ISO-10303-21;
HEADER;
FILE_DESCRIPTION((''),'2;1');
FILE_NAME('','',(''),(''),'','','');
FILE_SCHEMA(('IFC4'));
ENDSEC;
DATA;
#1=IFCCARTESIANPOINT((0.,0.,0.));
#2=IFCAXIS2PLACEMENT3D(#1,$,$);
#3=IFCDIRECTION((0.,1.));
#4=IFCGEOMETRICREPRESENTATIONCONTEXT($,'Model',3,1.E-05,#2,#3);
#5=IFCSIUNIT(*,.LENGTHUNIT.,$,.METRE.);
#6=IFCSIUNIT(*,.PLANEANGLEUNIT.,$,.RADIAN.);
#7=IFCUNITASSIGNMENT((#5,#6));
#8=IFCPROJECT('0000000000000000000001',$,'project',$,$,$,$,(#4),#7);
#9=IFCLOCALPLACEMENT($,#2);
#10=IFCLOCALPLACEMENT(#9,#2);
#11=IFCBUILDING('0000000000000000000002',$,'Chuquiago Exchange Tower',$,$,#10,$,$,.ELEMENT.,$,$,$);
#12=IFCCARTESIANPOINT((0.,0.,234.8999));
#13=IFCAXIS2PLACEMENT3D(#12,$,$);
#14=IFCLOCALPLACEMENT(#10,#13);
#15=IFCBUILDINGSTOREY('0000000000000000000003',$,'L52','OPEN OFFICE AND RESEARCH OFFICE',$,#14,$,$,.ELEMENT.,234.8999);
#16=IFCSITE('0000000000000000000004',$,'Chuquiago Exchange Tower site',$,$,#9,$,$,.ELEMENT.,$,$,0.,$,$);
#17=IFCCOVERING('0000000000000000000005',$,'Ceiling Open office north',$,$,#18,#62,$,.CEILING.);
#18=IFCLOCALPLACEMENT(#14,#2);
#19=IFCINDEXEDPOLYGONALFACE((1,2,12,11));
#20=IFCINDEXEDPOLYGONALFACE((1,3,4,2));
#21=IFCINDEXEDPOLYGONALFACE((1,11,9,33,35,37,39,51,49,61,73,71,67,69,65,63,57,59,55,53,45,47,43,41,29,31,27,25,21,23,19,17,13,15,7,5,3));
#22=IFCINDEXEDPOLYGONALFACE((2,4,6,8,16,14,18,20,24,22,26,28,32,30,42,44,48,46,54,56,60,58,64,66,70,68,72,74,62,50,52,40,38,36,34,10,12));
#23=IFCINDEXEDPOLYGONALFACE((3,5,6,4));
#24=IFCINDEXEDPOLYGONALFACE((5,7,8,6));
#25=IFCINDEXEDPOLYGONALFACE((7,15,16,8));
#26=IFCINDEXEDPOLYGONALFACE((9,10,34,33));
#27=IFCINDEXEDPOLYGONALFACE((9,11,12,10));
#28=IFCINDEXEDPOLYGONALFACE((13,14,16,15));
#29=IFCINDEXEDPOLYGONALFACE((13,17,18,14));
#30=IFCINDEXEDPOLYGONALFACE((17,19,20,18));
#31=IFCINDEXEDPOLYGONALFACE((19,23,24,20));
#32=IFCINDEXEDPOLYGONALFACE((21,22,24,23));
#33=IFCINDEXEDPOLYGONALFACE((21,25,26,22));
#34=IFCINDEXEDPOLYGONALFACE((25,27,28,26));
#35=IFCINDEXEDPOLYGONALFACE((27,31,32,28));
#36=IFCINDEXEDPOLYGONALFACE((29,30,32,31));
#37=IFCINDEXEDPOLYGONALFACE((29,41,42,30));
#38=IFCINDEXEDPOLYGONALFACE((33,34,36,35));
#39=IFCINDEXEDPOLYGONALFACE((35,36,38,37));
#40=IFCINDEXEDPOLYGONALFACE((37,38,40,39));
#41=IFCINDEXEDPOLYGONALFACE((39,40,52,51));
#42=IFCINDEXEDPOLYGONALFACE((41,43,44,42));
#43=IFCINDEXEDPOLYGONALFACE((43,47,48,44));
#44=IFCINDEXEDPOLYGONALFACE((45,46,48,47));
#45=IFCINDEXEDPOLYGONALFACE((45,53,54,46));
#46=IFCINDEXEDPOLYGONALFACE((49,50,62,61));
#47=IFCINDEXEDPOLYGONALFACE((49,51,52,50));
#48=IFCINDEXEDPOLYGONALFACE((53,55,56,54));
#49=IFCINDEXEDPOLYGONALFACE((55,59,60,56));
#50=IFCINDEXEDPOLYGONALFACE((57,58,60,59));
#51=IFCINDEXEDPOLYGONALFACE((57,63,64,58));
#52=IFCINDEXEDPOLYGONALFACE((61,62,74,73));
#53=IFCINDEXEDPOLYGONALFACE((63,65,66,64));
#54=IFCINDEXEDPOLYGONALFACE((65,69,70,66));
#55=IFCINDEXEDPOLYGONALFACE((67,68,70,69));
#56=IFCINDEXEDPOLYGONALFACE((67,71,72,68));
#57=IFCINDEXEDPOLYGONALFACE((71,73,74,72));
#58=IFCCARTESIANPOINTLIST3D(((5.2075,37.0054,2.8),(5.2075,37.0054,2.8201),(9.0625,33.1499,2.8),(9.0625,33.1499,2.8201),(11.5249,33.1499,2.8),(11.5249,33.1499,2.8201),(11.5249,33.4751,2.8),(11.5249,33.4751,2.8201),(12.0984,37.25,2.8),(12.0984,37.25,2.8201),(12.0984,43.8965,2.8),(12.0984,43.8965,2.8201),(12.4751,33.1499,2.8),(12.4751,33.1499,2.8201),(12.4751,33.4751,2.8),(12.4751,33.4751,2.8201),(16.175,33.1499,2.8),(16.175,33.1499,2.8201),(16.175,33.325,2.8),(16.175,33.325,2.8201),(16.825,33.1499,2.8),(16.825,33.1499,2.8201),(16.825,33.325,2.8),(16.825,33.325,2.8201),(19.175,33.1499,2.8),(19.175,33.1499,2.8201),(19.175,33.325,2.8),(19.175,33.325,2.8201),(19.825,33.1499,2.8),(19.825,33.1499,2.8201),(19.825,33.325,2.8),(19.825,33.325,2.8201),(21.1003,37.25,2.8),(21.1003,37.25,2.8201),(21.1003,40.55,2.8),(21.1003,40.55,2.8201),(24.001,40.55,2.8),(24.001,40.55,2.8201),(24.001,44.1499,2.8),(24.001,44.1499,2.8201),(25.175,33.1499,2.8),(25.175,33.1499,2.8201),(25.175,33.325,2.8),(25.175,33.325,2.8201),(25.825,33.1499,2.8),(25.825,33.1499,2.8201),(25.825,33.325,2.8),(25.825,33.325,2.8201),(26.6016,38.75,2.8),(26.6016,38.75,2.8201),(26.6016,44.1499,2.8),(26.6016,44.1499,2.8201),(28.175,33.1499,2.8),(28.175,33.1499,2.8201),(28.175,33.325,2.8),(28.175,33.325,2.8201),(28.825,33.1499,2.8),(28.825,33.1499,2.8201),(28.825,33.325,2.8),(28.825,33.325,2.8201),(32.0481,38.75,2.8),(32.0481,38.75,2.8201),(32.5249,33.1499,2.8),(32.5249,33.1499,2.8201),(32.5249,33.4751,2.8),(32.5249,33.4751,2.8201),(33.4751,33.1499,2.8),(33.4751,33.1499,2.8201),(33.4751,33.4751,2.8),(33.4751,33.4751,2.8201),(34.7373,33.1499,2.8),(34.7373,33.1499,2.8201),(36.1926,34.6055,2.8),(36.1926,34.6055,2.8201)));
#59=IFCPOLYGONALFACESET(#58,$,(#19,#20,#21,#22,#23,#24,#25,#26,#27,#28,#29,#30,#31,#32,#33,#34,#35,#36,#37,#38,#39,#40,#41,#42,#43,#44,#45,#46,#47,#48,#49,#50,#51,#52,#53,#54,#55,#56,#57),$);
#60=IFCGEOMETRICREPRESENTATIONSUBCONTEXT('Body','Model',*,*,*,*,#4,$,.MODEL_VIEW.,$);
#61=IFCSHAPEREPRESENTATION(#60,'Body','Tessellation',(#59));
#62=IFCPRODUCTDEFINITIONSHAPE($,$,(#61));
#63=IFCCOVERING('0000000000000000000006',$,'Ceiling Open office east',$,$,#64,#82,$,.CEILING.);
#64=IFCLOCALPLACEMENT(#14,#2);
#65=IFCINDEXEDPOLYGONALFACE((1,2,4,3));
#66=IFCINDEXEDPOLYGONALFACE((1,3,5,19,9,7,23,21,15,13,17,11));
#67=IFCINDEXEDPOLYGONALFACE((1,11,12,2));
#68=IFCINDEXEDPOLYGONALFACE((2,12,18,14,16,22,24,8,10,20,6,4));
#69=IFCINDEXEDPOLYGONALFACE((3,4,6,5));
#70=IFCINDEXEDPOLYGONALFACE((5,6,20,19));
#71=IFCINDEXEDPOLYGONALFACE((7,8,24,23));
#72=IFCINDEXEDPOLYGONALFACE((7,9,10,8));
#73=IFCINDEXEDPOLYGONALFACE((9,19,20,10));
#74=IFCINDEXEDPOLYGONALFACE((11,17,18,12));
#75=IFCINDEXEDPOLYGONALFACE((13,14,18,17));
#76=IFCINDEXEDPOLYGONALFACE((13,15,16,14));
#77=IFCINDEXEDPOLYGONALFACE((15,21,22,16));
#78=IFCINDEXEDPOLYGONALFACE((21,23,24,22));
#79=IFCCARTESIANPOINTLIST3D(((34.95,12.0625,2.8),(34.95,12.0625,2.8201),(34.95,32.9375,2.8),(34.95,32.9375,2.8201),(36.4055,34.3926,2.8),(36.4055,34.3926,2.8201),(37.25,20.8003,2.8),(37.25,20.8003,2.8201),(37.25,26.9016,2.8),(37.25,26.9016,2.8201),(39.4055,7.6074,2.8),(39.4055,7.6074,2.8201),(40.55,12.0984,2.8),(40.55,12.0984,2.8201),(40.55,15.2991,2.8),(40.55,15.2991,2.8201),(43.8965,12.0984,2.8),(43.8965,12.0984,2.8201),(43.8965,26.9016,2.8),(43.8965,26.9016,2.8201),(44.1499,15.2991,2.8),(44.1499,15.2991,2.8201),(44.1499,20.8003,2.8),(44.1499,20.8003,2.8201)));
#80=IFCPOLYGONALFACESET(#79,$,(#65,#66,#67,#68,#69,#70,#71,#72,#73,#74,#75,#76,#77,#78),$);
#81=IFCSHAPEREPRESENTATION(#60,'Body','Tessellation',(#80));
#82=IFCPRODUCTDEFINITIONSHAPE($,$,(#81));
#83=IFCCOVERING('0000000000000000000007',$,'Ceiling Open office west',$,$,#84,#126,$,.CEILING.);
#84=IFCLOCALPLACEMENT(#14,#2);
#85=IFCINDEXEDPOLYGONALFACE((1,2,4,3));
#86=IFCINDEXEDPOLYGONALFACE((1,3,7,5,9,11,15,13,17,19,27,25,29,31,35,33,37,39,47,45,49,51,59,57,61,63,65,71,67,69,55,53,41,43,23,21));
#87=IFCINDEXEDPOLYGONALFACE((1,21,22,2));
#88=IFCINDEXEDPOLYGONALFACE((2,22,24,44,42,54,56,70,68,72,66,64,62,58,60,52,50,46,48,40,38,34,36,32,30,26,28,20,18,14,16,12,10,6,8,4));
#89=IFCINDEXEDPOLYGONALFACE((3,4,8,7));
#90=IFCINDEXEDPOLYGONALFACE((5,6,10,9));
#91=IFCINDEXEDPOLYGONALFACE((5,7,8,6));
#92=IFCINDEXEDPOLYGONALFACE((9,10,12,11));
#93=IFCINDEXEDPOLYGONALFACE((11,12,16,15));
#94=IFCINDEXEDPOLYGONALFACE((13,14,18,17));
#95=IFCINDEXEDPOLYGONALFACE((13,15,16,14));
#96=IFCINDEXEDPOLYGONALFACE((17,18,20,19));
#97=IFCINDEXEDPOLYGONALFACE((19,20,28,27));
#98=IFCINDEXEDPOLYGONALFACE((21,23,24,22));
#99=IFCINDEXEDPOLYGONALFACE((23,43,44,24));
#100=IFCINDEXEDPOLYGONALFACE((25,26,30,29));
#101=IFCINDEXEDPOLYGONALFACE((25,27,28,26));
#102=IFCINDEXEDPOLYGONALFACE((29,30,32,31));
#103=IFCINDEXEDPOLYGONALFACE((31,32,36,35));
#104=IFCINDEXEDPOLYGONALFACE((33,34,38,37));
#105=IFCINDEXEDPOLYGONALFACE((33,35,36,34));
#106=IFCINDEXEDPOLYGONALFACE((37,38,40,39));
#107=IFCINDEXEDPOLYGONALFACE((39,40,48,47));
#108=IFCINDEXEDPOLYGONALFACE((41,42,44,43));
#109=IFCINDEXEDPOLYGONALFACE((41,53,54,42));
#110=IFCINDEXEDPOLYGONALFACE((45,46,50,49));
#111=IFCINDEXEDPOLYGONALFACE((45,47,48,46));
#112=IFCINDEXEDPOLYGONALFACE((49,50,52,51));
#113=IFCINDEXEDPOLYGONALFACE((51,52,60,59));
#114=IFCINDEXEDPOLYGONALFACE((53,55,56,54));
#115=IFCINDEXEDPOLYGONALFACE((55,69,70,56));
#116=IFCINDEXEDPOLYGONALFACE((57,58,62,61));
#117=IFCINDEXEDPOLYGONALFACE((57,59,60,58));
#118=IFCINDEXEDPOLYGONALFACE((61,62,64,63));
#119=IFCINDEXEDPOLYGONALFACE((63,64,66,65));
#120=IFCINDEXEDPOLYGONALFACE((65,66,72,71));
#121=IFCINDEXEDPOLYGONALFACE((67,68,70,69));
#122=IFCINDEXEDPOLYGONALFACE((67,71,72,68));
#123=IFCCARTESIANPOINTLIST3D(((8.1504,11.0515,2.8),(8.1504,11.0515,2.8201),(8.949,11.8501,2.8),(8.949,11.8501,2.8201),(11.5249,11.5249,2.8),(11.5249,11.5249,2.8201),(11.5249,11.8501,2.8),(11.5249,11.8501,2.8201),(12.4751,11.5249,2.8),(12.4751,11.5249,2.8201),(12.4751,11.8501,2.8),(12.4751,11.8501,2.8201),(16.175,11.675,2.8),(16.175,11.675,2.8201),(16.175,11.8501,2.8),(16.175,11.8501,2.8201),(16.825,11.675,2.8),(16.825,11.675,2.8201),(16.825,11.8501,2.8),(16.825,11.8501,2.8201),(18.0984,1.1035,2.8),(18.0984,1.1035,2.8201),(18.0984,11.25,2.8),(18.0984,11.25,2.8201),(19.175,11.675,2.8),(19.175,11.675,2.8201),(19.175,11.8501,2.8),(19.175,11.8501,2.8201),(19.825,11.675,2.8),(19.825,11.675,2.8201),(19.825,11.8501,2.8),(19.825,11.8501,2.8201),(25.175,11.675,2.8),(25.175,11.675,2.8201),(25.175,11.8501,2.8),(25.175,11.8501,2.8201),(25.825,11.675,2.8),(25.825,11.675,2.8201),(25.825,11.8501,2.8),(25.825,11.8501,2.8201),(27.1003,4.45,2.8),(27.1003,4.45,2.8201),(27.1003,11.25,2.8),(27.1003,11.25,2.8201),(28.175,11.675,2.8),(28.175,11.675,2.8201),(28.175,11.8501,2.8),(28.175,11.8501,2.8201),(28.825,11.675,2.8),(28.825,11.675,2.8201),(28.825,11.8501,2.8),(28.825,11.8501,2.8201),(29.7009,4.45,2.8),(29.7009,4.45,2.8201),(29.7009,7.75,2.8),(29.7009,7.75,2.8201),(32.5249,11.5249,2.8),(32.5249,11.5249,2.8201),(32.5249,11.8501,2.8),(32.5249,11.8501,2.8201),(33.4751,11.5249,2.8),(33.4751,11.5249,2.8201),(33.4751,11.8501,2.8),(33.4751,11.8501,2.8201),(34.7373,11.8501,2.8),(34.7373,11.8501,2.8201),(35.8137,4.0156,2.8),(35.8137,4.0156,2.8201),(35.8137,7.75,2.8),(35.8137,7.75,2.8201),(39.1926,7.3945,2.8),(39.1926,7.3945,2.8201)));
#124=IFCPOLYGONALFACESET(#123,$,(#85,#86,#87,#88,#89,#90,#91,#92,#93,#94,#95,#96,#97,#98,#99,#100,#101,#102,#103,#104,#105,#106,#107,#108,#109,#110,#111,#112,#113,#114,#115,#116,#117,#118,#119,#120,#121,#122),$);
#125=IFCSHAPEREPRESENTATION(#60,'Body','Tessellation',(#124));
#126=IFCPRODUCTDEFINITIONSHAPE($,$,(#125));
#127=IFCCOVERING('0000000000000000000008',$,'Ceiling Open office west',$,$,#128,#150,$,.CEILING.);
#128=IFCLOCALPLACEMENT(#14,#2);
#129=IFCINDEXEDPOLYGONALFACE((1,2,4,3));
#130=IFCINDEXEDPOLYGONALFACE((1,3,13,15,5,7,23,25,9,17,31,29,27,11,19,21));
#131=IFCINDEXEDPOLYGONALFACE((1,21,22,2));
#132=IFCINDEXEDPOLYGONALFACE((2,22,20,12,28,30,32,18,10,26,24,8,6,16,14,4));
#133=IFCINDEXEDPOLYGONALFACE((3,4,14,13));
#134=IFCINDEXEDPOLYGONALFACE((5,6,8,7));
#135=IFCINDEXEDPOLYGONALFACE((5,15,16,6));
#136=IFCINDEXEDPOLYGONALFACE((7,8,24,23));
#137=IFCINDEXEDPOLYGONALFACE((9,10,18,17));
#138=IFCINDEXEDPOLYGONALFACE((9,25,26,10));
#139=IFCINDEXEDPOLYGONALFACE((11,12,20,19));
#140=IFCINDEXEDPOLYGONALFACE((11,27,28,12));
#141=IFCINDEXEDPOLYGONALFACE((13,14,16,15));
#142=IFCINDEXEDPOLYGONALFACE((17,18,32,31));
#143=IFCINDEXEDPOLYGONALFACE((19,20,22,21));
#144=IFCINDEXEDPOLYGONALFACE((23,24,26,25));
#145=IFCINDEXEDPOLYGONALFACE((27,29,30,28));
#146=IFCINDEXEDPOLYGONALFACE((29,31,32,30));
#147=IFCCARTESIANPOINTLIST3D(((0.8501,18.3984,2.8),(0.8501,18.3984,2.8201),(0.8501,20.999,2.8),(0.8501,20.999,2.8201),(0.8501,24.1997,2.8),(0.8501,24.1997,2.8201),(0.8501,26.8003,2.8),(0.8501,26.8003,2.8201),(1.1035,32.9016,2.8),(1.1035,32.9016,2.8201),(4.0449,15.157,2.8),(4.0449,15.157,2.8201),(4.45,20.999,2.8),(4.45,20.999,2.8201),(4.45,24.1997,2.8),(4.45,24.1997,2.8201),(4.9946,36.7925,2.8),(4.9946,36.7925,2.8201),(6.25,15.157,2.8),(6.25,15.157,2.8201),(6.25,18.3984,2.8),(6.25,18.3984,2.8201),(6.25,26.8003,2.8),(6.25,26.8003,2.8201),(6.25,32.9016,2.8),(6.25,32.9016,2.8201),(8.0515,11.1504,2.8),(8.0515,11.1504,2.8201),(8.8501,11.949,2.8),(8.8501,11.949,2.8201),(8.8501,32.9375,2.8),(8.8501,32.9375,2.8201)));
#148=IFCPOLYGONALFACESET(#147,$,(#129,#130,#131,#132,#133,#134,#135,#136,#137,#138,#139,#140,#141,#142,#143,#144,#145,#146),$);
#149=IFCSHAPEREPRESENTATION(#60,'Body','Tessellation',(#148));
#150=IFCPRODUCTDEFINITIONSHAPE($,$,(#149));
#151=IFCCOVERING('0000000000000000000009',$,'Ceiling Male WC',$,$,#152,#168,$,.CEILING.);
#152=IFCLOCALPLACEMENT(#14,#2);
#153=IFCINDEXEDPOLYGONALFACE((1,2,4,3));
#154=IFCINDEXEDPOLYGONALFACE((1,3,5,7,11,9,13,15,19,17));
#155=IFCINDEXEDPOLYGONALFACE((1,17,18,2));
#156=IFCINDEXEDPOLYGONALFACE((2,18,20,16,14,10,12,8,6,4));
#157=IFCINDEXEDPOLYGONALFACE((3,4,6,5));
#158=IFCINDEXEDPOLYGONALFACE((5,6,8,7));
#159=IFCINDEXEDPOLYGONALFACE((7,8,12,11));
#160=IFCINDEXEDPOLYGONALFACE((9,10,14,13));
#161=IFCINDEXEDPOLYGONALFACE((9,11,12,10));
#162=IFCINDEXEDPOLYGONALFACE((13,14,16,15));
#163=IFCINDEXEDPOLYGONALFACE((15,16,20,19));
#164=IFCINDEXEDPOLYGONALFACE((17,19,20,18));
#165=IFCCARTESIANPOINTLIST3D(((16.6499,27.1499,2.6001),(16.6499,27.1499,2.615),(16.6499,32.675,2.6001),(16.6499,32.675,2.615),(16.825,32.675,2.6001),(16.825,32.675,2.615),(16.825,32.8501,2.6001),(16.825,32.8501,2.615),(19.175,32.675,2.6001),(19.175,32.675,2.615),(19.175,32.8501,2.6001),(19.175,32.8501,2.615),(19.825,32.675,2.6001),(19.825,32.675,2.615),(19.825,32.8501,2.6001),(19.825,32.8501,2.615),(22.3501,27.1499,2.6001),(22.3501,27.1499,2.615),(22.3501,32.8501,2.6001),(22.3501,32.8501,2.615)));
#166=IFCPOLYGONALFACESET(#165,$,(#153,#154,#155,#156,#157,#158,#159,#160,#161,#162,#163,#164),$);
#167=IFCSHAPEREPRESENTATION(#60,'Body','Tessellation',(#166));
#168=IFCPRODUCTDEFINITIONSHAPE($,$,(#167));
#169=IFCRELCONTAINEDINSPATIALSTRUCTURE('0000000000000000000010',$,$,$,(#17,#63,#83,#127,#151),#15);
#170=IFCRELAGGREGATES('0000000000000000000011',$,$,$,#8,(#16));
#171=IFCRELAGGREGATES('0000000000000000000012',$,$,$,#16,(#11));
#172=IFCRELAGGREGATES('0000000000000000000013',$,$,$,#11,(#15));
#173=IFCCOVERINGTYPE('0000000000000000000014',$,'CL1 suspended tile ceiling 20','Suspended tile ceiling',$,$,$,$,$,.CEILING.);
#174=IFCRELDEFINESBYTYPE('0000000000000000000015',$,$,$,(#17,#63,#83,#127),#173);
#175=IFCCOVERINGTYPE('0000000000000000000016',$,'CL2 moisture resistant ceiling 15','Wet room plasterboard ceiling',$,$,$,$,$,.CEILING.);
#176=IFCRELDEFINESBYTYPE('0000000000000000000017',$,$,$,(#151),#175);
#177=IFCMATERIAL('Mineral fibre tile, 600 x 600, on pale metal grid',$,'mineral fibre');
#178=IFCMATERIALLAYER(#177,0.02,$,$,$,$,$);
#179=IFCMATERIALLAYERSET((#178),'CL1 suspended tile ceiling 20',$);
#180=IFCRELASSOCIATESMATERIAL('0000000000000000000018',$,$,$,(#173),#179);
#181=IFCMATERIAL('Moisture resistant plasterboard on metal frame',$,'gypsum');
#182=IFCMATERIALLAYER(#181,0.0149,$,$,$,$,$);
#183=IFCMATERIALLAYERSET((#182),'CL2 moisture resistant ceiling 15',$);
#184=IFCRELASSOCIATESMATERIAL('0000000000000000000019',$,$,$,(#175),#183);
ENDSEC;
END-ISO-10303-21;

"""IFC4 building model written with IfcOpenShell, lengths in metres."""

from ifc_helpers import new_model, si_unit, direction, frame, origin, place, context, subcontext, project, spatial, polyline, outline, extrude, material, layer, layer_set, type_object, element, save


model = new_model("IFC4")

# Units and contexts
model_context = context("Model", 3, precision=1e-05, world=origin(), true_north=direction((0.0, 1.0)))
body_context = subcontext(model_context, "Body", "Model", "MODEL_VIEW")
ifc_project = project(units=[si_unit("LENGTHUNIT", "METRE"), si_unit("PLANEANGLEUNIT", "RADIAN")], contexts=[model_context])

# Site, building, storey
site_placement = place(None, origin())
site = spatial("IfcSite", under=ifc_project, at=site_placement, Name="Chuquiago Exchange Tower site", CompositionType="ELEMENT", RefElevation=0.0)
building_placement = place(site_placement, origin())
building = spatial("IfcBuilding", under=site, at=building_placement, Name="Chuquiago Exchange Tower", CompositionType="ELEMENT")
storey_placement = place(building_placement, frame((0.0, 0.0, 234.8999)))
storey = spatial("IfcBuildingStorey", under=building, at=storey_placement, Name="L52", Description="OPEN OFFICE AND RESEARCH OFFICE", CompositionType="ELEMENT", Elevation=234.8999)

# Coverings
ifc_material_1 = material(Name="Mineral fibre tile, 600 x 600, on pale metal grid", Category="mineral fibre")
ifc_layer_1 = layer(ifc_material_1, 0.02)
ifc_layer_set_1 = layer_set([ifc_layer_1], Name="CL1 suspended tile ceiling 20")
covering_type_1 = type_object("IfcCoveringType", Name="CL1 suspended tile ceiling 20", Description="Suspended tile ceiling", PredefinedType="CEILING", material=ifc_layer_set_1)
covering_1_placement = place(storey_placement, frame((0.0, 0.0, 2.8)))
element("IfcCovering", 1, at=covering_1_placement, inside=storey, type_object=covering_type_1, Name="Ceiling Open office north", PredefinedType="CEILING", context=body_context, shape_type="SweptSolid", body=[
    extrude(outline(polyline([(12.0984, 37.25), (21.1003, 37.25), (21.1003, 40.55), (24.001, 40.55), (24.001, 44.1499), (26.6016, 44.1499), (26.6016, 38.75), (32.0481, 38.75), (36.1926, 34.6055), (34.7373, 33.1499), (33.4751, 33.1499), (33.4751, 33.4751), (32.5249, 33.4751), (32.5249, 33.1499), (28.825, 33.1499), (28.825, 33.325), (28.175, 33.325), (28.175, 33.1499), (25.825, 33.1499), (25.825, 33.325), (25.175, 33.325), (25.175, 33.1499), (19.825, 33.1499), (19.825, 33.325), (19.175, 33.325), (19.175, 33.1499), (16.825, 33.1499), (16.825, 33.325), (16.175, 33.325), (16.175, 33.1499), (12.4751, 33.1499), (12.4751, 33.4751), (11.5249, 33.4751), (11.5249, 33.1499), (9.0625, 33.1499), (5.2075, 37.0054), (12.0984, 43.8965), (12.0984, 37.25)])), origin(), (0.0, 0.0, 1.0), 0.02),
])
covering_2_placement = place(storey_placement, frame((0.0, 0.0, 2.8)))
element("IfcCovering", 2, at=covering_2_placement, inside=storey, type_object=covering_type_1, Name="Ceiling Open office east", PredefinedType="CEILING", context=body_context, shape_type="SweptSolid", body=[
    extrude(outline(polyline([(39.4055, 7.6074), (34.95, 12.0625), (34.95, 32.9375), (36.4055, 34.3926), (43.8965, 26.9016), (37.25, 26.9016), (37.25, 20.8003), (44.1499, 20.8003), (44.1499, 15.2991), (40.55, 15.2991), (40.55, 12.0984), (43.8965, 12.0984), (39.4055, 7.6074)])), origin(), (0.0, 0.0, 1.0), 0.02),
])
covering_3_placement = place(storey_placement, frame((0.0, 0.0, 2.8)))
element("IfcCovering", 3, at=covering_3_placement, inside=storey, type_object=covering_type_1, Name="Ceiling Open office west", PredefinedType="CEILING", context=body_context, shape_type="SweptSolid", body=[
    extrude(outline(polyline([(11.5249, 11.8501), (11.5249, 11.5249), (12.4751, 11.5249), (12.4751, 11.8501), (16.175, 11.8501), (16.175, 11.675), (16.825, 11.675), (16.825, 11.8501), (19.175, 11.8501), (19.175, 11.675), (19.825, 11.675), (19.825, 11.8501), (25.175, 11.8501), (25.175, 11.675), (25.825, 11.675), (25.825, 11.8501), (28.175, 11.8501), (28.175, 11.675), (28.825, 11.675), (28.825, 11.8501), (32.5249, 11.8501), (32.5249, 11.5249), (33.4751, 11.5249), (33.4751, 11.8501), (34.7373, 11.8501), (39.1926, 7.3945), (35.8137, 4.0156), (35.8137, 7.75), (29.7009, 7.75), (29.7009, 4.45), (27.1003, 4.45), (27.1003, 11.25), (18.0984, 11.25), (18.0984, 1.1035), (8.1504, 11.0515), (8.949, 11.8501), (11.5249, 11.8501)])), origin(), (0.0, 0.0, 1.0), 0.02),
])
covering_4_placement = place(storey_placement, frame((0.0, 0.0, 2.8)))
element("IfcCovering", 4, at=covering_4_placement, inside=storey, type_object=covering_type_1, Name="Ceiling Open office west", PredefinedType="CEILING", context=body_context, shape_type="SweptSolid", body=[
    extrude(outline(polyline([(0.8501, 20.999), (4.45, 20.999), (4.45, 24.1997), (0.8501, 24.1997), (0.8501, 26.8003), (6.25, 26.8003), (6.25, 32.9016), (1.1035, 32.9016), (4.9946, 36.7925), (8.8501, 32.9375), (8.8501, 11.949), (8.0515, 11.1504), (4.0449, 15.157), (6.25, 15.157), (6.25, 18.3984), (0.8501, 18.3984), (0.8501, 20.999)])), origin(), (0.0, 0.0, 1.0), 0.02),
])
ifc_material_2 = material(Name="Moisture resistant plasterboard on metal frame", Category="gypsum")
ifc_layer_2 = layer(ifc_material_2, 0.0149)
ifc_layer_set_2 = layer_set([ifc_layer_2], Name="CL2 moisture resistant ceiling 15")
covering_type_2 = type_object("IfcCoveringType", Name="CL2 moisture resistant ceiling 15", Description="Wet room plasterboard ceiling", PredefinedType="CEILING", material=ifc_layer_set_2)
covering_5_placement = place(storey_placement, frame((0.0, 0.0, 2.6001)))
element("IfcCovering", 5, at=covering_5_placement, inside=storey, type_object=covering_type_2, Name="Ceiling Male WC", PredefinedType="CEILING", context=body_context, shape_type="SweptSolid", body=[
    extrude(outline(polyline([(16.6499, 27.1499), (16.6499, 32.675), (16.825, 32.675), (16.825, 32.8501), (19.175, 32.8501), (19.175, 32.675), (19.825, 32.675), (19.825, 32.8501), (22.3501, 32.8501), (22.3501, 27.1499), (16.6499, 27.1499)])), origin(), (0.0, 0.0, 1.0), 0.0149),
])

save(model, "model.ifc")
